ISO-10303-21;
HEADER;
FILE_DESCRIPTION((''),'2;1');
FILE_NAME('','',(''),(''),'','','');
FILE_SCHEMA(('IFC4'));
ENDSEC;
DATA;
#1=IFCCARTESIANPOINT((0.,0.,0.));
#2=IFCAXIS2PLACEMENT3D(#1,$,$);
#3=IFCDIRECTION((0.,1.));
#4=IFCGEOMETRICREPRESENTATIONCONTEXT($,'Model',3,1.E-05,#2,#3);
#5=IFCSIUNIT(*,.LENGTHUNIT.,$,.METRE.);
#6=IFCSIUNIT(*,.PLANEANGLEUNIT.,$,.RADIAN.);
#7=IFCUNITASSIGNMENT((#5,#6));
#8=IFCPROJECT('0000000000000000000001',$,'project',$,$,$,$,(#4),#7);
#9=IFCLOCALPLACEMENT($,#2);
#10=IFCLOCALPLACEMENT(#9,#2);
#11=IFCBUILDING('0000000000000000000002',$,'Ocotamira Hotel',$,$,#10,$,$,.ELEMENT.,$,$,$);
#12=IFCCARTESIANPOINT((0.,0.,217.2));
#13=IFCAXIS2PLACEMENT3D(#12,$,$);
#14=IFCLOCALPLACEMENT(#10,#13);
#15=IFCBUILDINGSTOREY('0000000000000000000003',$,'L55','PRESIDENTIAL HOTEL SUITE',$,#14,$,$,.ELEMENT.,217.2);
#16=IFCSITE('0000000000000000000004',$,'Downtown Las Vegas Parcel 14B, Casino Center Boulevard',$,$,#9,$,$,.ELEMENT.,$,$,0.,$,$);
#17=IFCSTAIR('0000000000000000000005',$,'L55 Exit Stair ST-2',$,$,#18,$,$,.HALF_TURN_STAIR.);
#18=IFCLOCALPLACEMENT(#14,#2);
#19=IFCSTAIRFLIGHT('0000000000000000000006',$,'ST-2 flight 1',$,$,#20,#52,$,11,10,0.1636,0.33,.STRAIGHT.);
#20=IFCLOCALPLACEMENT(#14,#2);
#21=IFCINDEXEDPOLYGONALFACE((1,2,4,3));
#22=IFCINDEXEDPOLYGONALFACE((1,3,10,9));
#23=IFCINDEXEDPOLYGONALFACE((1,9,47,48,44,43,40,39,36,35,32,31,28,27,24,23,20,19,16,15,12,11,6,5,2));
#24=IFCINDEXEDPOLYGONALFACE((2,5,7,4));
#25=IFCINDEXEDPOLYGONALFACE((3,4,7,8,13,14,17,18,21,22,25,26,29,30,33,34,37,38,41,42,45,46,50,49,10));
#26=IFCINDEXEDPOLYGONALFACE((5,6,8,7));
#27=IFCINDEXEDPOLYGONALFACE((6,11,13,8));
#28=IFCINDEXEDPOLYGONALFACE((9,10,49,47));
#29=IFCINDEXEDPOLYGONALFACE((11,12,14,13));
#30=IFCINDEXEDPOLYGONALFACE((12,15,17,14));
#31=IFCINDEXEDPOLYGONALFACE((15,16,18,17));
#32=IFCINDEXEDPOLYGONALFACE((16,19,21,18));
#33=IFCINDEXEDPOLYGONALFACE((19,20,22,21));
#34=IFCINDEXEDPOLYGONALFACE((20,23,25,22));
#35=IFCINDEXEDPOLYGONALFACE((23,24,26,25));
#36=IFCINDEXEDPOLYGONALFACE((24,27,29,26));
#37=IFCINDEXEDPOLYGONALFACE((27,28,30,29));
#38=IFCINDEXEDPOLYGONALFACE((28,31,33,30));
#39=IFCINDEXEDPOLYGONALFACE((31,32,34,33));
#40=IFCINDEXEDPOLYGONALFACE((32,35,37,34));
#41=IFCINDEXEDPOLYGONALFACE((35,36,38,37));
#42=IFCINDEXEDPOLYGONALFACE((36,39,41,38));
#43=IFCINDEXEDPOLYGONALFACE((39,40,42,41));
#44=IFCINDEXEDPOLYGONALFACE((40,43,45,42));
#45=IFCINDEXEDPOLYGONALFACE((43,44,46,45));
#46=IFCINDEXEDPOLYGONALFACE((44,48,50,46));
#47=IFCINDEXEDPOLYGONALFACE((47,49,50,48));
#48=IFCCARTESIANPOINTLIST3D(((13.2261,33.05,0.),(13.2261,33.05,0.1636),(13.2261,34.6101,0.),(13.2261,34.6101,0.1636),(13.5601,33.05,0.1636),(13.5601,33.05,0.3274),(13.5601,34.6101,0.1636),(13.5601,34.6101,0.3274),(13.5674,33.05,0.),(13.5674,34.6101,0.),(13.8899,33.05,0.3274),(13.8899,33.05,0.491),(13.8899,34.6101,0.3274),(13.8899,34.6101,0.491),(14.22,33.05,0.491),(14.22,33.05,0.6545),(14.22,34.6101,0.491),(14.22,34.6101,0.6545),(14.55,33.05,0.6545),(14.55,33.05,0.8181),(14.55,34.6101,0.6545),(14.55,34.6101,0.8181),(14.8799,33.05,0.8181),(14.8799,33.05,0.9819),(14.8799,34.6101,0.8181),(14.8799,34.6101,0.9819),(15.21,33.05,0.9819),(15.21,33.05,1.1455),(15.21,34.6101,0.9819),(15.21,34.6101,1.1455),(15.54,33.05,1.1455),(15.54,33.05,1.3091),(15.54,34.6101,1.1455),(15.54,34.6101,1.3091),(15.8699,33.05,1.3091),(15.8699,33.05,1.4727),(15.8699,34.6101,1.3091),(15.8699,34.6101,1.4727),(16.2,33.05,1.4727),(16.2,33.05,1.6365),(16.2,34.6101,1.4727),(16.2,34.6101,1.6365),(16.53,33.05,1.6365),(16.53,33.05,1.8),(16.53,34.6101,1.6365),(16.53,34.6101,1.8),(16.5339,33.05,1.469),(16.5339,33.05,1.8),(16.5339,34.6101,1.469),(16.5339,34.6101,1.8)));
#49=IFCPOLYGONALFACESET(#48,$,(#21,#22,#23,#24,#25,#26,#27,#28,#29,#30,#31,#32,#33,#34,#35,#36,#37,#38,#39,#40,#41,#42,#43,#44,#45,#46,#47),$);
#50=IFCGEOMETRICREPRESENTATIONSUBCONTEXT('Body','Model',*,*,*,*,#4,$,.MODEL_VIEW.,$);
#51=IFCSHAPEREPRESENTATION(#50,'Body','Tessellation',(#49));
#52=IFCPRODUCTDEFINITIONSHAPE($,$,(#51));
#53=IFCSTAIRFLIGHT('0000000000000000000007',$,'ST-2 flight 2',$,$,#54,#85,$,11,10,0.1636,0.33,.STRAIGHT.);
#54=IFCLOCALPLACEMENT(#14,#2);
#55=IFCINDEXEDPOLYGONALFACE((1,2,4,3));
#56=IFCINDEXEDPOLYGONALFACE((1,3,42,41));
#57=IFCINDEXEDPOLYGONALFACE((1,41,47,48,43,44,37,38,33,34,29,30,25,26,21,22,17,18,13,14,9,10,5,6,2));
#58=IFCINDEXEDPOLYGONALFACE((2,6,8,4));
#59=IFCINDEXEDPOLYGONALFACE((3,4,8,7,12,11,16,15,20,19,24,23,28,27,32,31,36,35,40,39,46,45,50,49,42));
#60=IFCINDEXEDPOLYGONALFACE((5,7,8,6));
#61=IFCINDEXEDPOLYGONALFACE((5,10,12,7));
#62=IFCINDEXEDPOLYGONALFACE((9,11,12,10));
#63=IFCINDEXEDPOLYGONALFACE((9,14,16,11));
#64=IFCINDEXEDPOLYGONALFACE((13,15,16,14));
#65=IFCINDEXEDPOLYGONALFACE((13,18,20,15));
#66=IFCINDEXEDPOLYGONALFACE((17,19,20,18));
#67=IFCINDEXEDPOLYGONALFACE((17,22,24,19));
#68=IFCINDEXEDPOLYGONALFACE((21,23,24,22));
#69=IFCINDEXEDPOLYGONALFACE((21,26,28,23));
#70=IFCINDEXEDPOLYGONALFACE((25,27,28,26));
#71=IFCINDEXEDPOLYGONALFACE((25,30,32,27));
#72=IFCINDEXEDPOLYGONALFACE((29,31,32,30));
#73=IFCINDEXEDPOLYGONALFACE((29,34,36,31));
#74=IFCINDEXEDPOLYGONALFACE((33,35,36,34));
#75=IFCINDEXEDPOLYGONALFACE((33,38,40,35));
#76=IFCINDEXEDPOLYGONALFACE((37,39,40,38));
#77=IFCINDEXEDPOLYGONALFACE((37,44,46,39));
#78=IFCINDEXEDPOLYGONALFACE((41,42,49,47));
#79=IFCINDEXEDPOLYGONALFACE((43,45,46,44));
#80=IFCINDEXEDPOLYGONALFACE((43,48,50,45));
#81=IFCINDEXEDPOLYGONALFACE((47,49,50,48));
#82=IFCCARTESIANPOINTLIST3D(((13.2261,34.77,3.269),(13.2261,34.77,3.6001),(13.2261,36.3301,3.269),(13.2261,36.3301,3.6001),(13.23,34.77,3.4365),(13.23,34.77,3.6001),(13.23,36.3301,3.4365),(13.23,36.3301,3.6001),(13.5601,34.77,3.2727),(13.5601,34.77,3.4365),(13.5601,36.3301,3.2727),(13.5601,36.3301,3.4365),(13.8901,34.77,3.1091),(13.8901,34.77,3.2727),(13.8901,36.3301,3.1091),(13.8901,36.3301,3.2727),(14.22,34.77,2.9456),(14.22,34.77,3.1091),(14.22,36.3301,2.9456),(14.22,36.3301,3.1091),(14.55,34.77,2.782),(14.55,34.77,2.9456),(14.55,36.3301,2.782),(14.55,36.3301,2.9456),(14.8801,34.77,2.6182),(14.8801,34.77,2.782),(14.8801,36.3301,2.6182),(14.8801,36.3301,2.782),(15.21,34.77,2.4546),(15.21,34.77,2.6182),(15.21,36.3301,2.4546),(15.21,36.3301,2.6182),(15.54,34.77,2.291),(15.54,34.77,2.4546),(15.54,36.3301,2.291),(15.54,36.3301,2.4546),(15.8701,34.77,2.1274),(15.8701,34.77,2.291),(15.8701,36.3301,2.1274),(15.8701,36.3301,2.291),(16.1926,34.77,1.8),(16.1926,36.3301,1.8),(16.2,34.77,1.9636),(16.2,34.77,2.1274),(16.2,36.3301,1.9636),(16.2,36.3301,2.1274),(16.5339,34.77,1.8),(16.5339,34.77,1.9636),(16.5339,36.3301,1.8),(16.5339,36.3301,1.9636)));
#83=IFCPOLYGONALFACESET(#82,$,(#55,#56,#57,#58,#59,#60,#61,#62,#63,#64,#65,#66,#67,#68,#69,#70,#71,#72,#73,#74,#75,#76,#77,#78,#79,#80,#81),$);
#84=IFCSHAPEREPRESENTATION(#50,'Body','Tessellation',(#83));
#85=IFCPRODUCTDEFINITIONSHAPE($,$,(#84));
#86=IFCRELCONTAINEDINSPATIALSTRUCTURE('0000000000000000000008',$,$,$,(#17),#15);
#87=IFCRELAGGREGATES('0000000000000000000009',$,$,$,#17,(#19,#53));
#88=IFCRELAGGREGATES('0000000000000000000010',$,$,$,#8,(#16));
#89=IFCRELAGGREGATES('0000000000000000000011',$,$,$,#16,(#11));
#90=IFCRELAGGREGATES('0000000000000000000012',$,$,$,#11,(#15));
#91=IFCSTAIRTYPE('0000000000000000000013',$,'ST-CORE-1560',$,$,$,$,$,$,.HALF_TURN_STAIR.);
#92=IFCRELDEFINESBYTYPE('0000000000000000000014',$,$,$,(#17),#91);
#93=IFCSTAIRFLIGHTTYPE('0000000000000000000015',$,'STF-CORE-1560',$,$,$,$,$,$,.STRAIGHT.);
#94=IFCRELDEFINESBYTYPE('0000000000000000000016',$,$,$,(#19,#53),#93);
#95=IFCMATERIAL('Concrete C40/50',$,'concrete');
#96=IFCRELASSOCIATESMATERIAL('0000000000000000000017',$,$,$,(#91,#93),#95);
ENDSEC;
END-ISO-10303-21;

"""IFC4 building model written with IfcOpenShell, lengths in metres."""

from ifc_helpers import new_model, si_unit, direction, frame, origin, place, context, subcontext, project, spatial, polyline, outline, extrude, source, transform, mapped, material, type_object, element, aggregate, save


model = new_model("IFC4")

# Units and contexts
model_context = context("Model", 3, precision=1e-05, world=origin(), true_north=direction((0.0, 1.0)))
body_context = subcontext(model_context, "Body", "Model", "MODEL_VIEW")
ifc_project = project(units=[si_unit("LENGTHUNIT", "METRE"), si_unit("PLANEANGLEUNIT", "RADIAN")], contexts=[model_context])

# Site, building, storey
site_placement = place(None, origin())
site = spatial("IfcSite", under=ifc_project, at=site_placement, Name="Downtown Las Vegas Parcel 14B, Casino Center Boulevard", CompositionType="ELEMENT", RefElevation=0.0)
building_placement = place(site_placement, origin())
building = spatial("IfcBuilding", under=site, at=building_placement, Name="Ocotamira Hotel", CompositionType="ELEMENT")
storey_placement = place(building_placement, frame((0.0, 0.0, 217.2)))
storey = spatial("IfcBuildingStorey", under=building, at=storey_placement, Name="L55", Description="PRESIDENTIAL HOTEL SUITE", CompositionType="ELEMENT", Elevation=217.2)

# Stair, stair flights
ifc_material_1 = material(Name="Concrete C40/50", Category="concrete")
stair_type = type_object("IfcStairType", Name="ST-CORE-1560", PredefinedType="HALF_TURN_STAIR", material=ifc_material_1)
stair_placement = place(storey_placement, origin())
stair = element("IfcStair", 1, at=stair_placement, inside=storey, type_object=stair_type, Name="L55 Exit Stair ST-2", PredefinedType="HALF_TURN_STAIR")
stair_flight_type = type_object("IfcStairFlightType", Name="STF-CORE-1560", PredefinedType="STRAIGHT", material=ifc_material_1)
shared_shape_1 = source(origin(), body_context, "Body", "SweptSolid", [
    extrude(outline(polyline([(-0.0039, 0.0), (-0.0039, 0.1636), (0.3301, 0.1636), (0.3301, 0.3274), (0.6599, 0.3274), (0.6599, 0.491), (0.99, 0.491), (0.99, 0.6545), (1.3201, 0.6545), (1.3201, 0.8181), (1.6499, 0.8181), (1.6499, 0.9819), (1.98, 0.9819), (1.98, 1.1455), (2.3101, 1.1455), (2.3101, 1.3091), (2.6399, 1.3091), (2.6399, 1.4727), (2.97, 1.4727), (2.97, 1.6365), (3.3, 1.6365), (3.3, 1.8), (3.304, 1.8), (3.304, 1.469), (0.3374, 0.0), (-0.0039, 0.0)])), frame((0.0, 0.78, 0.0), z_axis=(0.0, -1.0, 0.0), x_axis=(1.0, 0.0, 0.0)), (0.0, 0.0, 1.0), 1.5601),
])
stair_flight_1_placement = place(storey_placement, frame((13.23, 33.8301, 0.0), z_axis=(0.0, 0.0, 1.0), x_axis=(1.0, 0.0, 0.0)))
stair_flight_1 = element("IfcStairFlight", 2, at=stair_flight_1_placement, type_object=stair_flight_type, Name="ST-2 flight 1", NumberOfRisers=11, NumberOfTreads=10, PredefinedType="STRAIGHT", RiserHeight=0.1636, TreadLength=0.33, context=body_context, shape_type="MappedRepresentation", body=[
    mapped(shared_shape_1, transform((0.0, 0.0, 0.0), scale=1.0)),
])
stair_flight_2_placement = place(storey_placement, frame((16.53, 35.55, 1.8), z_axis=(0.0, 0.0, 1.0), x_axis=(-1.0, 0.0, 0.0)))
stair_flight_2 = element("IfcStairFlight", 3, at=stair_flight_2_placement, type_object=stair_flight_type, Name="ST-2 flight 2", NumberOfRisers=11, NumberOfTreads=10, PredefinedType="STRAIGHT", RiserHeight=0.1636, TreadLength=0.33, context=body_context, shape_type="MappedRepresentation", body=[
    mapped(shared_shape_1, transform((0.0, 0.0, 0.0), scale=1.0)),
])
aggregate(stair, [stair_flight_1, stair_flight_2])

save(model, "model.ifc")
